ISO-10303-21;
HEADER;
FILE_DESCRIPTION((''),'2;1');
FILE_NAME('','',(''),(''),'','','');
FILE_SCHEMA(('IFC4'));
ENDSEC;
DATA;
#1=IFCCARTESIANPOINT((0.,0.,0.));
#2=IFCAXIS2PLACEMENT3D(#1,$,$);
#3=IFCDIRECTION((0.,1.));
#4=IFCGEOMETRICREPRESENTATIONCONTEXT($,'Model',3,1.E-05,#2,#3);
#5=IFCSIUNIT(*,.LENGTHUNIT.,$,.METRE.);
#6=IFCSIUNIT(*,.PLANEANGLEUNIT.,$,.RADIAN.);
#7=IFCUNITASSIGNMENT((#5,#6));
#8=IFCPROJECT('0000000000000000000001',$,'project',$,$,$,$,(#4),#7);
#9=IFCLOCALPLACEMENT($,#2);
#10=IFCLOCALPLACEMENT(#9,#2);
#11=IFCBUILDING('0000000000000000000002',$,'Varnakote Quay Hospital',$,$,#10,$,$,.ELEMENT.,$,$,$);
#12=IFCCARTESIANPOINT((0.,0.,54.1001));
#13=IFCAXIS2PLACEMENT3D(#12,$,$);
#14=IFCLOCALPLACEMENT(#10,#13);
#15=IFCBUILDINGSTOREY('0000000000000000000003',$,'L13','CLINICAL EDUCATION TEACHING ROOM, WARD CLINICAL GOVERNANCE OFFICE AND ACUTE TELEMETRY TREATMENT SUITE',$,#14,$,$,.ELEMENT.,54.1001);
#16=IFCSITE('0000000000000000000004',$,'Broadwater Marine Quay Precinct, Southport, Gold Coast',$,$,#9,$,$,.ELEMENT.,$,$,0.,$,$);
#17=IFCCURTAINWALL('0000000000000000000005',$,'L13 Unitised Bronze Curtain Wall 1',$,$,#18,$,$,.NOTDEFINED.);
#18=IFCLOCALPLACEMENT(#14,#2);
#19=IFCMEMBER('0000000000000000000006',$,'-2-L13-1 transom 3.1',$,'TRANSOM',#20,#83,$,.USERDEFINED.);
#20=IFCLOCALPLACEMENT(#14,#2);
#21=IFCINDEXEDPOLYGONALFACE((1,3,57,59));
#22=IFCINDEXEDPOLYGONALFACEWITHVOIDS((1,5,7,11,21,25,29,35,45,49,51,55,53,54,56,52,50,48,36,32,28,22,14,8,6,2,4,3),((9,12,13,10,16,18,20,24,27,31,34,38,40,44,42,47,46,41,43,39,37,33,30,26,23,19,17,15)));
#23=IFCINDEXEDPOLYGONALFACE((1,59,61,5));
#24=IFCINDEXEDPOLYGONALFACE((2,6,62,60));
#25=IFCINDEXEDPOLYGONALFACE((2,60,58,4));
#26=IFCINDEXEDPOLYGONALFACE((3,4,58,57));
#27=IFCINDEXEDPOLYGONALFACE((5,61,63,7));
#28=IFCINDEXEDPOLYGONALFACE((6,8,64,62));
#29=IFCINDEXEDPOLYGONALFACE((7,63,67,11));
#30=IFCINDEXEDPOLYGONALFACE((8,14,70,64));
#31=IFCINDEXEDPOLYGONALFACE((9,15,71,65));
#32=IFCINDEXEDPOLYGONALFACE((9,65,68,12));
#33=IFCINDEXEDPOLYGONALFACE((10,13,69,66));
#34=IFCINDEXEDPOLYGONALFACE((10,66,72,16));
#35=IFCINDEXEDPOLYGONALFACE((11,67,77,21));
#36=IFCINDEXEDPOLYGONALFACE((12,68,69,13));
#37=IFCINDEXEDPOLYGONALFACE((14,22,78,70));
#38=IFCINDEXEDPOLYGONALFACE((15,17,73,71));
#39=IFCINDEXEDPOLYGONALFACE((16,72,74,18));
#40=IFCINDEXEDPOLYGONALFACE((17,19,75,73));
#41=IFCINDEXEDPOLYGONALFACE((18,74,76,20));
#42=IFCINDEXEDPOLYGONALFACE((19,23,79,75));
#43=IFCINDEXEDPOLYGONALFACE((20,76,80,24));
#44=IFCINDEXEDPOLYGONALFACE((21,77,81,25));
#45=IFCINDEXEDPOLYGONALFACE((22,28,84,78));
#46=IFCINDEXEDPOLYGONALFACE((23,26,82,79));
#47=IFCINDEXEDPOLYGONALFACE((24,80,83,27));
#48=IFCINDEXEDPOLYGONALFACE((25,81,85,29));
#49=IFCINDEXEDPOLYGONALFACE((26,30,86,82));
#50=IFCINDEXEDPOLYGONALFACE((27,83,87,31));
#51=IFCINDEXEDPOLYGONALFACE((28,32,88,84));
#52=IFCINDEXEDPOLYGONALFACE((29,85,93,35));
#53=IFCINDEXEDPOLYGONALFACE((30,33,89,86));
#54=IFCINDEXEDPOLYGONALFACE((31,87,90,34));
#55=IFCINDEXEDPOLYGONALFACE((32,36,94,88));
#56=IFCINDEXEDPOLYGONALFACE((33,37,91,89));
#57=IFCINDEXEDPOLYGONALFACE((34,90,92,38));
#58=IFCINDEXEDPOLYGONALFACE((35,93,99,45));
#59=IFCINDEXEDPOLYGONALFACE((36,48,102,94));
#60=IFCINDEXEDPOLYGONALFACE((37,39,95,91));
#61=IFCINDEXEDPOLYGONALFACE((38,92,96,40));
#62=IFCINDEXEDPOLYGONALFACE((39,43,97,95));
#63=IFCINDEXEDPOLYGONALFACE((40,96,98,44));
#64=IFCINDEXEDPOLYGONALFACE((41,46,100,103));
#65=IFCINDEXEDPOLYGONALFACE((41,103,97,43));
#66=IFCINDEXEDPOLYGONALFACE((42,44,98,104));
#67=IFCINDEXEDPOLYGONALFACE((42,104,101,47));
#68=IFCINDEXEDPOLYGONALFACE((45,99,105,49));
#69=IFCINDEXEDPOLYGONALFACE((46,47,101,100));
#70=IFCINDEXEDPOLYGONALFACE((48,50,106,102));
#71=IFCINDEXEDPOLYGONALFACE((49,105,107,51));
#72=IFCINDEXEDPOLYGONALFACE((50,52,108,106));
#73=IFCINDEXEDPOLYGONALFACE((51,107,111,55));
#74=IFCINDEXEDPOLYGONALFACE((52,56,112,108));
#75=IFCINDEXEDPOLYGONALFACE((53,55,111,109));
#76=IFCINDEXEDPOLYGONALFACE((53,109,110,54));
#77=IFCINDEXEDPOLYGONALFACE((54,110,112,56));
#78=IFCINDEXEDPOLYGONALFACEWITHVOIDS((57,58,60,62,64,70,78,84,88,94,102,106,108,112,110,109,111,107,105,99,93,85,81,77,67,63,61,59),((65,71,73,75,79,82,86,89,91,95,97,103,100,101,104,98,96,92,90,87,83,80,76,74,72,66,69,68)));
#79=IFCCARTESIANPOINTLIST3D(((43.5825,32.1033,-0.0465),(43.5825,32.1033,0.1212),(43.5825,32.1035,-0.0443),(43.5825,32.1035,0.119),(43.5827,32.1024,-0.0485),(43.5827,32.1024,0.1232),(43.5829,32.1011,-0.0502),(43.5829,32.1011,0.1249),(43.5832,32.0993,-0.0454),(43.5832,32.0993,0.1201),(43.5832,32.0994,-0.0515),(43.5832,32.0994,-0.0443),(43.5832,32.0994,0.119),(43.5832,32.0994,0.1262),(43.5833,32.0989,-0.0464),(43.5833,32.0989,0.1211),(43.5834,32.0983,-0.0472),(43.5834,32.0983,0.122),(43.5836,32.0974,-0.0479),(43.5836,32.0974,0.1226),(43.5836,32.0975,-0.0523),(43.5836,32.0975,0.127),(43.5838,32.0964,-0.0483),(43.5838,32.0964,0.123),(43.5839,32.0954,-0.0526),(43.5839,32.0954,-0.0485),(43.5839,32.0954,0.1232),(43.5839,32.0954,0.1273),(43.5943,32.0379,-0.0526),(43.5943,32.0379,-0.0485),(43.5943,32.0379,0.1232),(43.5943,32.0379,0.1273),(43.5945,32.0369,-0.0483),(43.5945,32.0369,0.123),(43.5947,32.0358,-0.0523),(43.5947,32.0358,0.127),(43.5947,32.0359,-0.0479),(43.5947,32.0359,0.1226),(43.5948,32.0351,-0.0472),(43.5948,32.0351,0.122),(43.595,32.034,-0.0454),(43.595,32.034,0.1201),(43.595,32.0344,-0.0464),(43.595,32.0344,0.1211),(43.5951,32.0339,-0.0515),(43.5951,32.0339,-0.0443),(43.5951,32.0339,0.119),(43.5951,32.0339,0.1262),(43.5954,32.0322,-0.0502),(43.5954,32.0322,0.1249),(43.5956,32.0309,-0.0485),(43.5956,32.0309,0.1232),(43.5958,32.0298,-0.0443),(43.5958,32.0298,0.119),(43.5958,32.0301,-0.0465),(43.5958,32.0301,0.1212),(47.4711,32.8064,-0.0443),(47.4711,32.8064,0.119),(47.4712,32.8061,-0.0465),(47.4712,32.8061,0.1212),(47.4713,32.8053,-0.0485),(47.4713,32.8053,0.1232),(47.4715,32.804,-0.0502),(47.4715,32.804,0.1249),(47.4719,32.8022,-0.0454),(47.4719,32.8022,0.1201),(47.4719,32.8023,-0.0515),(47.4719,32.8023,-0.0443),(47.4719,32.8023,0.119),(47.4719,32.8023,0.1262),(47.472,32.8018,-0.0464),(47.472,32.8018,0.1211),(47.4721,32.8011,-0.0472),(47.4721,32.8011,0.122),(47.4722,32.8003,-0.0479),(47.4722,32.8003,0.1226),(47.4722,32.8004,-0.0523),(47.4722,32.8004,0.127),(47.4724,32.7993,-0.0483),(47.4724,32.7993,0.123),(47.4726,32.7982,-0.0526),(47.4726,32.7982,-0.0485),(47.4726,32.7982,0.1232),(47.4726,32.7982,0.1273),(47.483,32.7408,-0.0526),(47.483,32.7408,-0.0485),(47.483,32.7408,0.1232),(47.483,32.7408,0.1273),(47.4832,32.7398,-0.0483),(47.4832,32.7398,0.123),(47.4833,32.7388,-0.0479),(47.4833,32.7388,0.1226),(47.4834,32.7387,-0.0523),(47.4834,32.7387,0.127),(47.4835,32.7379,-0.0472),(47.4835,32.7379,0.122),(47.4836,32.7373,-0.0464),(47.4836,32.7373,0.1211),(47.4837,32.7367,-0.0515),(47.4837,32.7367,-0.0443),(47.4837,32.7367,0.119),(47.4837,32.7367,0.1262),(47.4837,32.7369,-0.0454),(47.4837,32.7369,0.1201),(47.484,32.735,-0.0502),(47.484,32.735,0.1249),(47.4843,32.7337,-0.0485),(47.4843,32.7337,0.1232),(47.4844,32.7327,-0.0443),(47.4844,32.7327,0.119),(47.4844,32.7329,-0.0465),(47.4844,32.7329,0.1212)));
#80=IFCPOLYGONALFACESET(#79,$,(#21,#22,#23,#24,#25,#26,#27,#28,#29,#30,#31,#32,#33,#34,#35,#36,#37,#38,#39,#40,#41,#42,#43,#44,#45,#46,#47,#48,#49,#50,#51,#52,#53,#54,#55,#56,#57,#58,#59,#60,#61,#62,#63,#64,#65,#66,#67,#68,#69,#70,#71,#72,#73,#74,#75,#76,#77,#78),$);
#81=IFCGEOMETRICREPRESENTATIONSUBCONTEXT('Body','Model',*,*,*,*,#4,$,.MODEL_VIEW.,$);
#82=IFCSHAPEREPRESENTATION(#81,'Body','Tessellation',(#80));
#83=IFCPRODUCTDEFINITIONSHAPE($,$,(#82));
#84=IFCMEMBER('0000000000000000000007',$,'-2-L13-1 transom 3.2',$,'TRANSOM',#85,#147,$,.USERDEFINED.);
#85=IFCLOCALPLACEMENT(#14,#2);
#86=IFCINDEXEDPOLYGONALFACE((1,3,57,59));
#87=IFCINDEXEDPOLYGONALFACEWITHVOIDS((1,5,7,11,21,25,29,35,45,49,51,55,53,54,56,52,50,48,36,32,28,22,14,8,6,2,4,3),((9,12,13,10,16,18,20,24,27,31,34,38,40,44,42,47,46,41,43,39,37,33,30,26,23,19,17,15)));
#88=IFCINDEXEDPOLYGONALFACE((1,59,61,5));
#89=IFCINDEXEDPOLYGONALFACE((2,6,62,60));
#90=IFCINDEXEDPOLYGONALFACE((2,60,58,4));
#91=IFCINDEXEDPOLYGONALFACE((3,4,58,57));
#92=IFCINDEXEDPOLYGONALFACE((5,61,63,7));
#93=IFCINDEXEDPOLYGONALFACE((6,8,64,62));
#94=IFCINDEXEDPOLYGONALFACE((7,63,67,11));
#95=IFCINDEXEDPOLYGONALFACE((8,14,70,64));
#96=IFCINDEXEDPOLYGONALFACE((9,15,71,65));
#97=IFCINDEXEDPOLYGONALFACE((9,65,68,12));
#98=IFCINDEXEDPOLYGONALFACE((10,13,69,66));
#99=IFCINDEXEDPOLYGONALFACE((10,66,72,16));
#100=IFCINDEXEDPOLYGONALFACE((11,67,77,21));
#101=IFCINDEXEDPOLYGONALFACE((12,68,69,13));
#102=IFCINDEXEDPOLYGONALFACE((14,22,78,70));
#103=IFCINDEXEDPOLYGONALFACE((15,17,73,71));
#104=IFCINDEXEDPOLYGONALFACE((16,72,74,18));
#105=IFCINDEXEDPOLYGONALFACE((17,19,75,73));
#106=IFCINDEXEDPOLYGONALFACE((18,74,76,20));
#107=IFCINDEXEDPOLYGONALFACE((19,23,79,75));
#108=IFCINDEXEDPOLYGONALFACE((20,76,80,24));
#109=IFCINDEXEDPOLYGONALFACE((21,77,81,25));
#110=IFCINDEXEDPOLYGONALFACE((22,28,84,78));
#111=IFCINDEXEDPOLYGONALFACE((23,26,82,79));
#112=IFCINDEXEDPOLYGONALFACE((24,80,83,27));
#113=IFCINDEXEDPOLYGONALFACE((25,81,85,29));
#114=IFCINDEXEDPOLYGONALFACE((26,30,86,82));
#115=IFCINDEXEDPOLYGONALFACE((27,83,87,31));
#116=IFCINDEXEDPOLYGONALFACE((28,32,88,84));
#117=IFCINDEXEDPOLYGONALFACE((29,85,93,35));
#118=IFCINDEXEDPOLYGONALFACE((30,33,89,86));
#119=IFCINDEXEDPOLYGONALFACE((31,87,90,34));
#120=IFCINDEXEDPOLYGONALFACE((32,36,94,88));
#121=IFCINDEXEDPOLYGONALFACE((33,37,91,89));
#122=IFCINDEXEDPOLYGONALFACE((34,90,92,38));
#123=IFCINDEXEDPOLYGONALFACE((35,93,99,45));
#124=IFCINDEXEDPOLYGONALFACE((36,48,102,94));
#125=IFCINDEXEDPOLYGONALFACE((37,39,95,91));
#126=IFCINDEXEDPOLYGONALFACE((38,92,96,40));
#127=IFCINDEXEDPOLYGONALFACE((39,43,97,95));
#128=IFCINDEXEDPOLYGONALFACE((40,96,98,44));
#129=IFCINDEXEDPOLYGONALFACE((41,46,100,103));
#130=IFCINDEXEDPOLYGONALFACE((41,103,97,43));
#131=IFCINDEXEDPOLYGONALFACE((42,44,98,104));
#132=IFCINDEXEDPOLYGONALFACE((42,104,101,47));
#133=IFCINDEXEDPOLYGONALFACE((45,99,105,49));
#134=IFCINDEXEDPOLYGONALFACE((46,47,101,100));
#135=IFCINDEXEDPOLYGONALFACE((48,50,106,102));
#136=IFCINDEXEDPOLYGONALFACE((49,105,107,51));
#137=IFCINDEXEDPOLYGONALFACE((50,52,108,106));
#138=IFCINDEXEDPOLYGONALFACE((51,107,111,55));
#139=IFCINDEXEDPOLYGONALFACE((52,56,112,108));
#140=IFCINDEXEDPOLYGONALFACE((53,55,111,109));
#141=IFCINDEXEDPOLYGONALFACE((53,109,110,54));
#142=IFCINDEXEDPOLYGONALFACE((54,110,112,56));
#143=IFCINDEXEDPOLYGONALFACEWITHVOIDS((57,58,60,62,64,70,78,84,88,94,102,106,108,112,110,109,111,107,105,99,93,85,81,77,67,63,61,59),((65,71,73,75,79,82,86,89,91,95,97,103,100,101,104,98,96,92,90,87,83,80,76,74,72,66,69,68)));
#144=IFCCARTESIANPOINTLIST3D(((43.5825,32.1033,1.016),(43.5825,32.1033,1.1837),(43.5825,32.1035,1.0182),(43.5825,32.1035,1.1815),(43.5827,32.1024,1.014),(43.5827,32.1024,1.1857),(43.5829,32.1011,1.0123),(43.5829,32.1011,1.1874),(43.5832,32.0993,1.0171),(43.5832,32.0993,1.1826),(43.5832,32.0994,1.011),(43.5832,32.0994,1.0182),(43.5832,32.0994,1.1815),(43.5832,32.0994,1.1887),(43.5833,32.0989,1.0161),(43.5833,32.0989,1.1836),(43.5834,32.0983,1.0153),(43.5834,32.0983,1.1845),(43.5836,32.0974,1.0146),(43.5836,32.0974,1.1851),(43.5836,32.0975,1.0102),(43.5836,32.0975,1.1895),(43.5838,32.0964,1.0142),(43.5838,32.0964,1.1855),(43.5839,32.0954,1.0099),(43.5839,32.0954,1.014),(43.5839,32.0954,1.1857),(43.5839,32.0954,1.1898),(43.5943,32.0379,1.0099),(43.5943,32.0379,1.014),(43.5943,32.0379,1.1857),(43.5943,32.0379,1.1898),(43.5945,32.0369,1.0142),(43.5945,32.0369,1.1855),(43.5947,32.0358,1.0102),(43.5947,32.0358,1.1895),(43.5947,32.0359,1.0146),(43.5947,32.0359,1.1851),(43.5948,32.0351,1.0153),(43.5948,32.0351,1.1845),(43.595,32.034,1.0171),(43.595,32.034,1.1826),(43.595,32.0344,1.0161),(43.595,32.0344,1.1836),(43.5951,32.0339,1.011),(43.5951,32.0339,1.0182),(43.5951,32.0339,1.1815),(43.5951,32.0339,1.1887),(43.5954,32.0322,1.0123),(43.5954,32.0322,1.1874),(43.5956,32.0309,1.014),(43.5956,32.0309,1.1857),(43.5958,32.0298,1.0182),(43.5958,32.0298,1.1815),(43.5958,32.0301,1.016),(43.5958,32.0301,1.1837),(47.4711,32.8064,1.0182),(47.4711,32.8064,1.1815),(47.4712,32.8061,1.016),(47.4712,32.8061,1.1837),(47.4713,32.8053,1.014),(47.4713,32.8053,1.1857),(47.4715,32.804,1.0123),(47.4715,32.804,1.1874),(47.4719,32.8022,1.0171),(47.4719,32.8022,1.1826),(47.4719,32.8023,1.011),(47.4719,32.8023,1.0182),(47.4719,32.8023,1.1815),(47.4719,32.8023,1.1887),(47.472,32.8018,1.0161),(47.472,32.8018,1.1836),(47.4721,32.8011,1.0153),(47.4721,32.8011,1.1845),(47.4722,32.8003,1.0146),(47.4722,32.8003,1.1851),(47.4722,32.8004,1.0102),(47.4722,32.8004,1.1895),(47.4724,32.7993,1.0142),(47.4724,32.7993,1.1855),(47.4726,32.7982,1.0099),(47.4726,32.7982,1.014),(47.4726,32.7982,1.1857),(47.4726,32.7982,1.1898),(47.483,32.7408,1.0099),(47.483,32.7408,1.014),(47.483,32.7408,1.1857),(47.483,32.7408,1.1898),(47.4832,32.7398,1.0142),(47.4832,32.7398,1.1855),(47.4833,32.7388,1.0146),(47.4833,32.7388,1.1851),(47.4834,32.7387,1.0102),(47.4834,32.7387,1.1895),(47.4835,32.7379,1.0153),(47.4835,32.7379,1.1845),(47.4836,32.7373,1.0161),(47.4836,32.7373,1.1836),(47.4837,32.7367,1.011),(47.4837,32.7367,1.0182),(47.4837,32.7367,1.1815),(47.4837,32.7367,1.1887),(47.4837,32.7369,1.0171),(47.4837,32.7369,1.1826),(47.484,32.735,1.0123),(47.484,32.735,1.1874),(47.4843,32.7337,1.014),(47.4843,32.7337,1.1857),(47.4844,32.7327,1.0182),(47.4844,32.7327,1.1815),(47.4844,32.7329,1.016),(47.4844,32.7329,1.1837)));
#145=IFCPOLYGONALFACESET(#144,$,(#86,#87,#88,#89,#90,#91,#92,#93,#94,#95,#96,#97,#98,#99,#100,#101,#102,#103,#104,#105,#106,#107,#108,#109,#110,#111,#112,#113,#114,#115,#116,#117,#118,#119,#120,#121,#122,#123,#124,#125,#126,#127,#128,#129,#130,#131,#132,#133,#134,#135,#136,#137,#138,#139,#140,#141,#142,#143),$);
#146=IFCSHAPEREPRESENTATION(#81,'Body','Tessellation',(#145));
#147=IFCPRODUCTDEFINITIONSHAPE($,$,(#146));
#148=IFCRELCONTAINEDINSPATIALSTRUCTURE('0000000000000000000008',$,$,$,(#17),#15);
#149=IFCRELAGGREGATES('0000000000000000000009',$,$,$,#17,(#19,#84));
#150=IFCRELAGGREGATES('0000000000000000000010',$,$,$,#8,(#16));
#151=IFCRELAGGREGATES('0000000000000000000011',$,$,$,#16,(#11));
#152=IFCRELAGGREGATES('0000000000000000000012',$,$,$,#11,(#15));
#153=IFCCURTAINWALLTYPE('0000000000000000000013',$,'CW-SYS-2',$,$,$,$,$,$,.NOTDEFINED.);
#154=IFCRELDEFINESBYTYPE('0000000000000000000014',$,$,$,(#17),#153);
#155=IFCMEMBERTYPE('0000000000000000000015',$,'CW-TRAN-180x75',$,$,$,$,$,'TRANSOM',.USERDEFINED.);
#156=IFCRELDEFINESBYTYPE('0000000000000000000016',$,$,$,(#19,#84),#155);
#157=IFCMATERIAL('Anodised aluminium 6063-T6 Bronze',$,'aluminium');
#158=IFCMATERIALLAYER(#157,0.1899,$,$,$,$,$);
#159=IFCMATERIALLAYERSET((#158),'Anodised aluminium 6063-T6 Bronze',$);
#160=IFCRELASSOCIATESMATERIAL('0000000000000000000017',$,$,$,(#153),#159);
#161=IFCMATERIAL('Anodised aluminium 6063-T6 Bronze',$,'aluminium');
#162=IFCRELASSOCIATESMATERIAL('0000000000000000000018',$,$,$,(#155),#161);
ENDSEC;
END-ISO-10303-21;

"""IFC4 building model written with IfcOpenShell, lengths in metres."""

from ifc_helpers import new_model, si_unit, direction, frame, origin, origin_2d, place, context, subcontext, project, spatial, hollow_rectangle, extrude, material, layer, layer_set, material_profile, profile_set, type_object, element, aggregate, save


model = new_model("IFC4")

# Units and contexts
model_context = context("Model", 3, precision=1e-05, world=origin(), true_north=direction((0.0, 1.0)))
body_context = subcontext(model_context, "Body", "Model", "MODEL_VIEW")
ifc_project = project(units=[si_unit("LENGTHUNIT", "METRE"), si_unit("PLANEANGLEUNIT", "RADIAN")], contexts=[model_context])

# Site, building, storey
site_placement = place(None, origin())
site = spatial("IfcSite", under=ifc_project, at=site_placement, Name="Broadwater Marine Quay Precinct, Southport, Gold Coast", CompositionType="ELEMENT", RefElevation=0.0)
building_placement = place(site_placement, origin())
building = spatial("IfcBuilding", under=site, at=building_placement, Name="Varnakote Quay Hospital", CompositionType="ELEMENT")
storey_placement = place(building_placement, frame((0.0, 0.0, 54.1001)))
storey = spatial("IfcBuildingStorey", under=building, at=storey_placement, Name="L13", Description="CLINICAL EDUCATION TEACHING ROOM, WARD CLINICAL GOVERNANCE OFFICE AND ACUTE TELEMETRY TREATMENT SUITE", CompositionType="ELEMENT", Elevation=54.1001)

# Curtain wall, members
ifc_material_1 = material(Name="Anodised aluminium 6063-T6 Bronze", Category="aluminium")
ifc_layer_1 = layer(ifc_material_1, 0.1899)
ifc_layer_set_1 = layer_set([ifc_layer_1], Name="Anodised aluminium 6063-T6 Bronze")
curtain_wall_type = type_object("IfcCurtainWallType", Name="CW-SYS-2", PredefinedType="NOTDEFINED", material=ifc_layer_set_1)
curtain_wall_placement = place(storey_placement, origin())
curtain_wall = element("IfcCurtainWall", 1, at=curtain_wall_placement, inside=storey, type_object=curtain_wall_type, Name="L13 Unitised Bronze Curtain Wall 1", PredefinedType="NOTDEFINED")
ifc_material_2 = material(Name="Anodised aluminium 6063-T6 Bronze", Category="aluminium")
ifc_material_profile_1 = material_profile(ifc_material_2, hollow_rectangle(XDim=0.075, YDim=0.1799, WallThickness=0.0042, InnerFilletRadius=0.0042, OuterFilletRadius=0.0083, at=origin_2d()), Name="CW-TRAN-180x75")
ifc_profile_set_1 = profile_set([ifc_material_profile_1], Name="Anodised aluminium 6063-T6 Bronze")
member_type_1 = type_object("IfcMemberType", Name="CW-TRAN-180x75", ElementType="TRANSOM", PredefinedType="USERDEFINED", material=ifc_profile_set_1)
member_1_placement = place(storey_placement, frame((47.4778, 32.7695, 0.0374), z_axis=(-0.984054, -0.177869, 0.0), x_axis=(0.177869, -0.984054, 0.0)))
member_1 = element("IfcMember", 2, at=member_1_placement, type_object=member_type_1, Name="-2-L13-1 transom 3.1", ObjectType="TRANSOM", PredefinedType="USERDEFINED", context=body_context, shape_type="SweptSolid", body=[
    extrude(hollow_rectangle(XDim=0.075, YDim=0.1799, WallThickness=0.0042, InnerFilletRadius=0.0042, OuterFilletRadius=0.0083, at=origin_2d()), origin(), (0.0, 0.0, 1.0), 3.9517),
])
member_2_placement = place(storey_placement, frame((47.4778, 32.7695, 1.0999), z_axis=(-0.984054, -0.177869, 0.0), x_axis=(0.177869, -0.984054, 0.0)))
member_2 = element("IfcMember", 3, at=member_2_placement, type_object=member_type_1, Name="-2-L13-1 transom 3.2", ObjectType="TRANSOM", PredefinedType="USERDEFINED", context=body_context, shape_type="SweptSolid", body=[
    extrude(hollow_rectangle(XDim=0.075, YDim=0.1799, WallThickness=0.0042, InnerFilletRadius=0.0042, OuterFilletRadius=0.0083, at=origin_2d()), origin(), (0.0, 0.0, 1.0), 3.9517),
])
aggregate(curtain_wall, [member_1, member_2])

save(model, "model.ifc")
